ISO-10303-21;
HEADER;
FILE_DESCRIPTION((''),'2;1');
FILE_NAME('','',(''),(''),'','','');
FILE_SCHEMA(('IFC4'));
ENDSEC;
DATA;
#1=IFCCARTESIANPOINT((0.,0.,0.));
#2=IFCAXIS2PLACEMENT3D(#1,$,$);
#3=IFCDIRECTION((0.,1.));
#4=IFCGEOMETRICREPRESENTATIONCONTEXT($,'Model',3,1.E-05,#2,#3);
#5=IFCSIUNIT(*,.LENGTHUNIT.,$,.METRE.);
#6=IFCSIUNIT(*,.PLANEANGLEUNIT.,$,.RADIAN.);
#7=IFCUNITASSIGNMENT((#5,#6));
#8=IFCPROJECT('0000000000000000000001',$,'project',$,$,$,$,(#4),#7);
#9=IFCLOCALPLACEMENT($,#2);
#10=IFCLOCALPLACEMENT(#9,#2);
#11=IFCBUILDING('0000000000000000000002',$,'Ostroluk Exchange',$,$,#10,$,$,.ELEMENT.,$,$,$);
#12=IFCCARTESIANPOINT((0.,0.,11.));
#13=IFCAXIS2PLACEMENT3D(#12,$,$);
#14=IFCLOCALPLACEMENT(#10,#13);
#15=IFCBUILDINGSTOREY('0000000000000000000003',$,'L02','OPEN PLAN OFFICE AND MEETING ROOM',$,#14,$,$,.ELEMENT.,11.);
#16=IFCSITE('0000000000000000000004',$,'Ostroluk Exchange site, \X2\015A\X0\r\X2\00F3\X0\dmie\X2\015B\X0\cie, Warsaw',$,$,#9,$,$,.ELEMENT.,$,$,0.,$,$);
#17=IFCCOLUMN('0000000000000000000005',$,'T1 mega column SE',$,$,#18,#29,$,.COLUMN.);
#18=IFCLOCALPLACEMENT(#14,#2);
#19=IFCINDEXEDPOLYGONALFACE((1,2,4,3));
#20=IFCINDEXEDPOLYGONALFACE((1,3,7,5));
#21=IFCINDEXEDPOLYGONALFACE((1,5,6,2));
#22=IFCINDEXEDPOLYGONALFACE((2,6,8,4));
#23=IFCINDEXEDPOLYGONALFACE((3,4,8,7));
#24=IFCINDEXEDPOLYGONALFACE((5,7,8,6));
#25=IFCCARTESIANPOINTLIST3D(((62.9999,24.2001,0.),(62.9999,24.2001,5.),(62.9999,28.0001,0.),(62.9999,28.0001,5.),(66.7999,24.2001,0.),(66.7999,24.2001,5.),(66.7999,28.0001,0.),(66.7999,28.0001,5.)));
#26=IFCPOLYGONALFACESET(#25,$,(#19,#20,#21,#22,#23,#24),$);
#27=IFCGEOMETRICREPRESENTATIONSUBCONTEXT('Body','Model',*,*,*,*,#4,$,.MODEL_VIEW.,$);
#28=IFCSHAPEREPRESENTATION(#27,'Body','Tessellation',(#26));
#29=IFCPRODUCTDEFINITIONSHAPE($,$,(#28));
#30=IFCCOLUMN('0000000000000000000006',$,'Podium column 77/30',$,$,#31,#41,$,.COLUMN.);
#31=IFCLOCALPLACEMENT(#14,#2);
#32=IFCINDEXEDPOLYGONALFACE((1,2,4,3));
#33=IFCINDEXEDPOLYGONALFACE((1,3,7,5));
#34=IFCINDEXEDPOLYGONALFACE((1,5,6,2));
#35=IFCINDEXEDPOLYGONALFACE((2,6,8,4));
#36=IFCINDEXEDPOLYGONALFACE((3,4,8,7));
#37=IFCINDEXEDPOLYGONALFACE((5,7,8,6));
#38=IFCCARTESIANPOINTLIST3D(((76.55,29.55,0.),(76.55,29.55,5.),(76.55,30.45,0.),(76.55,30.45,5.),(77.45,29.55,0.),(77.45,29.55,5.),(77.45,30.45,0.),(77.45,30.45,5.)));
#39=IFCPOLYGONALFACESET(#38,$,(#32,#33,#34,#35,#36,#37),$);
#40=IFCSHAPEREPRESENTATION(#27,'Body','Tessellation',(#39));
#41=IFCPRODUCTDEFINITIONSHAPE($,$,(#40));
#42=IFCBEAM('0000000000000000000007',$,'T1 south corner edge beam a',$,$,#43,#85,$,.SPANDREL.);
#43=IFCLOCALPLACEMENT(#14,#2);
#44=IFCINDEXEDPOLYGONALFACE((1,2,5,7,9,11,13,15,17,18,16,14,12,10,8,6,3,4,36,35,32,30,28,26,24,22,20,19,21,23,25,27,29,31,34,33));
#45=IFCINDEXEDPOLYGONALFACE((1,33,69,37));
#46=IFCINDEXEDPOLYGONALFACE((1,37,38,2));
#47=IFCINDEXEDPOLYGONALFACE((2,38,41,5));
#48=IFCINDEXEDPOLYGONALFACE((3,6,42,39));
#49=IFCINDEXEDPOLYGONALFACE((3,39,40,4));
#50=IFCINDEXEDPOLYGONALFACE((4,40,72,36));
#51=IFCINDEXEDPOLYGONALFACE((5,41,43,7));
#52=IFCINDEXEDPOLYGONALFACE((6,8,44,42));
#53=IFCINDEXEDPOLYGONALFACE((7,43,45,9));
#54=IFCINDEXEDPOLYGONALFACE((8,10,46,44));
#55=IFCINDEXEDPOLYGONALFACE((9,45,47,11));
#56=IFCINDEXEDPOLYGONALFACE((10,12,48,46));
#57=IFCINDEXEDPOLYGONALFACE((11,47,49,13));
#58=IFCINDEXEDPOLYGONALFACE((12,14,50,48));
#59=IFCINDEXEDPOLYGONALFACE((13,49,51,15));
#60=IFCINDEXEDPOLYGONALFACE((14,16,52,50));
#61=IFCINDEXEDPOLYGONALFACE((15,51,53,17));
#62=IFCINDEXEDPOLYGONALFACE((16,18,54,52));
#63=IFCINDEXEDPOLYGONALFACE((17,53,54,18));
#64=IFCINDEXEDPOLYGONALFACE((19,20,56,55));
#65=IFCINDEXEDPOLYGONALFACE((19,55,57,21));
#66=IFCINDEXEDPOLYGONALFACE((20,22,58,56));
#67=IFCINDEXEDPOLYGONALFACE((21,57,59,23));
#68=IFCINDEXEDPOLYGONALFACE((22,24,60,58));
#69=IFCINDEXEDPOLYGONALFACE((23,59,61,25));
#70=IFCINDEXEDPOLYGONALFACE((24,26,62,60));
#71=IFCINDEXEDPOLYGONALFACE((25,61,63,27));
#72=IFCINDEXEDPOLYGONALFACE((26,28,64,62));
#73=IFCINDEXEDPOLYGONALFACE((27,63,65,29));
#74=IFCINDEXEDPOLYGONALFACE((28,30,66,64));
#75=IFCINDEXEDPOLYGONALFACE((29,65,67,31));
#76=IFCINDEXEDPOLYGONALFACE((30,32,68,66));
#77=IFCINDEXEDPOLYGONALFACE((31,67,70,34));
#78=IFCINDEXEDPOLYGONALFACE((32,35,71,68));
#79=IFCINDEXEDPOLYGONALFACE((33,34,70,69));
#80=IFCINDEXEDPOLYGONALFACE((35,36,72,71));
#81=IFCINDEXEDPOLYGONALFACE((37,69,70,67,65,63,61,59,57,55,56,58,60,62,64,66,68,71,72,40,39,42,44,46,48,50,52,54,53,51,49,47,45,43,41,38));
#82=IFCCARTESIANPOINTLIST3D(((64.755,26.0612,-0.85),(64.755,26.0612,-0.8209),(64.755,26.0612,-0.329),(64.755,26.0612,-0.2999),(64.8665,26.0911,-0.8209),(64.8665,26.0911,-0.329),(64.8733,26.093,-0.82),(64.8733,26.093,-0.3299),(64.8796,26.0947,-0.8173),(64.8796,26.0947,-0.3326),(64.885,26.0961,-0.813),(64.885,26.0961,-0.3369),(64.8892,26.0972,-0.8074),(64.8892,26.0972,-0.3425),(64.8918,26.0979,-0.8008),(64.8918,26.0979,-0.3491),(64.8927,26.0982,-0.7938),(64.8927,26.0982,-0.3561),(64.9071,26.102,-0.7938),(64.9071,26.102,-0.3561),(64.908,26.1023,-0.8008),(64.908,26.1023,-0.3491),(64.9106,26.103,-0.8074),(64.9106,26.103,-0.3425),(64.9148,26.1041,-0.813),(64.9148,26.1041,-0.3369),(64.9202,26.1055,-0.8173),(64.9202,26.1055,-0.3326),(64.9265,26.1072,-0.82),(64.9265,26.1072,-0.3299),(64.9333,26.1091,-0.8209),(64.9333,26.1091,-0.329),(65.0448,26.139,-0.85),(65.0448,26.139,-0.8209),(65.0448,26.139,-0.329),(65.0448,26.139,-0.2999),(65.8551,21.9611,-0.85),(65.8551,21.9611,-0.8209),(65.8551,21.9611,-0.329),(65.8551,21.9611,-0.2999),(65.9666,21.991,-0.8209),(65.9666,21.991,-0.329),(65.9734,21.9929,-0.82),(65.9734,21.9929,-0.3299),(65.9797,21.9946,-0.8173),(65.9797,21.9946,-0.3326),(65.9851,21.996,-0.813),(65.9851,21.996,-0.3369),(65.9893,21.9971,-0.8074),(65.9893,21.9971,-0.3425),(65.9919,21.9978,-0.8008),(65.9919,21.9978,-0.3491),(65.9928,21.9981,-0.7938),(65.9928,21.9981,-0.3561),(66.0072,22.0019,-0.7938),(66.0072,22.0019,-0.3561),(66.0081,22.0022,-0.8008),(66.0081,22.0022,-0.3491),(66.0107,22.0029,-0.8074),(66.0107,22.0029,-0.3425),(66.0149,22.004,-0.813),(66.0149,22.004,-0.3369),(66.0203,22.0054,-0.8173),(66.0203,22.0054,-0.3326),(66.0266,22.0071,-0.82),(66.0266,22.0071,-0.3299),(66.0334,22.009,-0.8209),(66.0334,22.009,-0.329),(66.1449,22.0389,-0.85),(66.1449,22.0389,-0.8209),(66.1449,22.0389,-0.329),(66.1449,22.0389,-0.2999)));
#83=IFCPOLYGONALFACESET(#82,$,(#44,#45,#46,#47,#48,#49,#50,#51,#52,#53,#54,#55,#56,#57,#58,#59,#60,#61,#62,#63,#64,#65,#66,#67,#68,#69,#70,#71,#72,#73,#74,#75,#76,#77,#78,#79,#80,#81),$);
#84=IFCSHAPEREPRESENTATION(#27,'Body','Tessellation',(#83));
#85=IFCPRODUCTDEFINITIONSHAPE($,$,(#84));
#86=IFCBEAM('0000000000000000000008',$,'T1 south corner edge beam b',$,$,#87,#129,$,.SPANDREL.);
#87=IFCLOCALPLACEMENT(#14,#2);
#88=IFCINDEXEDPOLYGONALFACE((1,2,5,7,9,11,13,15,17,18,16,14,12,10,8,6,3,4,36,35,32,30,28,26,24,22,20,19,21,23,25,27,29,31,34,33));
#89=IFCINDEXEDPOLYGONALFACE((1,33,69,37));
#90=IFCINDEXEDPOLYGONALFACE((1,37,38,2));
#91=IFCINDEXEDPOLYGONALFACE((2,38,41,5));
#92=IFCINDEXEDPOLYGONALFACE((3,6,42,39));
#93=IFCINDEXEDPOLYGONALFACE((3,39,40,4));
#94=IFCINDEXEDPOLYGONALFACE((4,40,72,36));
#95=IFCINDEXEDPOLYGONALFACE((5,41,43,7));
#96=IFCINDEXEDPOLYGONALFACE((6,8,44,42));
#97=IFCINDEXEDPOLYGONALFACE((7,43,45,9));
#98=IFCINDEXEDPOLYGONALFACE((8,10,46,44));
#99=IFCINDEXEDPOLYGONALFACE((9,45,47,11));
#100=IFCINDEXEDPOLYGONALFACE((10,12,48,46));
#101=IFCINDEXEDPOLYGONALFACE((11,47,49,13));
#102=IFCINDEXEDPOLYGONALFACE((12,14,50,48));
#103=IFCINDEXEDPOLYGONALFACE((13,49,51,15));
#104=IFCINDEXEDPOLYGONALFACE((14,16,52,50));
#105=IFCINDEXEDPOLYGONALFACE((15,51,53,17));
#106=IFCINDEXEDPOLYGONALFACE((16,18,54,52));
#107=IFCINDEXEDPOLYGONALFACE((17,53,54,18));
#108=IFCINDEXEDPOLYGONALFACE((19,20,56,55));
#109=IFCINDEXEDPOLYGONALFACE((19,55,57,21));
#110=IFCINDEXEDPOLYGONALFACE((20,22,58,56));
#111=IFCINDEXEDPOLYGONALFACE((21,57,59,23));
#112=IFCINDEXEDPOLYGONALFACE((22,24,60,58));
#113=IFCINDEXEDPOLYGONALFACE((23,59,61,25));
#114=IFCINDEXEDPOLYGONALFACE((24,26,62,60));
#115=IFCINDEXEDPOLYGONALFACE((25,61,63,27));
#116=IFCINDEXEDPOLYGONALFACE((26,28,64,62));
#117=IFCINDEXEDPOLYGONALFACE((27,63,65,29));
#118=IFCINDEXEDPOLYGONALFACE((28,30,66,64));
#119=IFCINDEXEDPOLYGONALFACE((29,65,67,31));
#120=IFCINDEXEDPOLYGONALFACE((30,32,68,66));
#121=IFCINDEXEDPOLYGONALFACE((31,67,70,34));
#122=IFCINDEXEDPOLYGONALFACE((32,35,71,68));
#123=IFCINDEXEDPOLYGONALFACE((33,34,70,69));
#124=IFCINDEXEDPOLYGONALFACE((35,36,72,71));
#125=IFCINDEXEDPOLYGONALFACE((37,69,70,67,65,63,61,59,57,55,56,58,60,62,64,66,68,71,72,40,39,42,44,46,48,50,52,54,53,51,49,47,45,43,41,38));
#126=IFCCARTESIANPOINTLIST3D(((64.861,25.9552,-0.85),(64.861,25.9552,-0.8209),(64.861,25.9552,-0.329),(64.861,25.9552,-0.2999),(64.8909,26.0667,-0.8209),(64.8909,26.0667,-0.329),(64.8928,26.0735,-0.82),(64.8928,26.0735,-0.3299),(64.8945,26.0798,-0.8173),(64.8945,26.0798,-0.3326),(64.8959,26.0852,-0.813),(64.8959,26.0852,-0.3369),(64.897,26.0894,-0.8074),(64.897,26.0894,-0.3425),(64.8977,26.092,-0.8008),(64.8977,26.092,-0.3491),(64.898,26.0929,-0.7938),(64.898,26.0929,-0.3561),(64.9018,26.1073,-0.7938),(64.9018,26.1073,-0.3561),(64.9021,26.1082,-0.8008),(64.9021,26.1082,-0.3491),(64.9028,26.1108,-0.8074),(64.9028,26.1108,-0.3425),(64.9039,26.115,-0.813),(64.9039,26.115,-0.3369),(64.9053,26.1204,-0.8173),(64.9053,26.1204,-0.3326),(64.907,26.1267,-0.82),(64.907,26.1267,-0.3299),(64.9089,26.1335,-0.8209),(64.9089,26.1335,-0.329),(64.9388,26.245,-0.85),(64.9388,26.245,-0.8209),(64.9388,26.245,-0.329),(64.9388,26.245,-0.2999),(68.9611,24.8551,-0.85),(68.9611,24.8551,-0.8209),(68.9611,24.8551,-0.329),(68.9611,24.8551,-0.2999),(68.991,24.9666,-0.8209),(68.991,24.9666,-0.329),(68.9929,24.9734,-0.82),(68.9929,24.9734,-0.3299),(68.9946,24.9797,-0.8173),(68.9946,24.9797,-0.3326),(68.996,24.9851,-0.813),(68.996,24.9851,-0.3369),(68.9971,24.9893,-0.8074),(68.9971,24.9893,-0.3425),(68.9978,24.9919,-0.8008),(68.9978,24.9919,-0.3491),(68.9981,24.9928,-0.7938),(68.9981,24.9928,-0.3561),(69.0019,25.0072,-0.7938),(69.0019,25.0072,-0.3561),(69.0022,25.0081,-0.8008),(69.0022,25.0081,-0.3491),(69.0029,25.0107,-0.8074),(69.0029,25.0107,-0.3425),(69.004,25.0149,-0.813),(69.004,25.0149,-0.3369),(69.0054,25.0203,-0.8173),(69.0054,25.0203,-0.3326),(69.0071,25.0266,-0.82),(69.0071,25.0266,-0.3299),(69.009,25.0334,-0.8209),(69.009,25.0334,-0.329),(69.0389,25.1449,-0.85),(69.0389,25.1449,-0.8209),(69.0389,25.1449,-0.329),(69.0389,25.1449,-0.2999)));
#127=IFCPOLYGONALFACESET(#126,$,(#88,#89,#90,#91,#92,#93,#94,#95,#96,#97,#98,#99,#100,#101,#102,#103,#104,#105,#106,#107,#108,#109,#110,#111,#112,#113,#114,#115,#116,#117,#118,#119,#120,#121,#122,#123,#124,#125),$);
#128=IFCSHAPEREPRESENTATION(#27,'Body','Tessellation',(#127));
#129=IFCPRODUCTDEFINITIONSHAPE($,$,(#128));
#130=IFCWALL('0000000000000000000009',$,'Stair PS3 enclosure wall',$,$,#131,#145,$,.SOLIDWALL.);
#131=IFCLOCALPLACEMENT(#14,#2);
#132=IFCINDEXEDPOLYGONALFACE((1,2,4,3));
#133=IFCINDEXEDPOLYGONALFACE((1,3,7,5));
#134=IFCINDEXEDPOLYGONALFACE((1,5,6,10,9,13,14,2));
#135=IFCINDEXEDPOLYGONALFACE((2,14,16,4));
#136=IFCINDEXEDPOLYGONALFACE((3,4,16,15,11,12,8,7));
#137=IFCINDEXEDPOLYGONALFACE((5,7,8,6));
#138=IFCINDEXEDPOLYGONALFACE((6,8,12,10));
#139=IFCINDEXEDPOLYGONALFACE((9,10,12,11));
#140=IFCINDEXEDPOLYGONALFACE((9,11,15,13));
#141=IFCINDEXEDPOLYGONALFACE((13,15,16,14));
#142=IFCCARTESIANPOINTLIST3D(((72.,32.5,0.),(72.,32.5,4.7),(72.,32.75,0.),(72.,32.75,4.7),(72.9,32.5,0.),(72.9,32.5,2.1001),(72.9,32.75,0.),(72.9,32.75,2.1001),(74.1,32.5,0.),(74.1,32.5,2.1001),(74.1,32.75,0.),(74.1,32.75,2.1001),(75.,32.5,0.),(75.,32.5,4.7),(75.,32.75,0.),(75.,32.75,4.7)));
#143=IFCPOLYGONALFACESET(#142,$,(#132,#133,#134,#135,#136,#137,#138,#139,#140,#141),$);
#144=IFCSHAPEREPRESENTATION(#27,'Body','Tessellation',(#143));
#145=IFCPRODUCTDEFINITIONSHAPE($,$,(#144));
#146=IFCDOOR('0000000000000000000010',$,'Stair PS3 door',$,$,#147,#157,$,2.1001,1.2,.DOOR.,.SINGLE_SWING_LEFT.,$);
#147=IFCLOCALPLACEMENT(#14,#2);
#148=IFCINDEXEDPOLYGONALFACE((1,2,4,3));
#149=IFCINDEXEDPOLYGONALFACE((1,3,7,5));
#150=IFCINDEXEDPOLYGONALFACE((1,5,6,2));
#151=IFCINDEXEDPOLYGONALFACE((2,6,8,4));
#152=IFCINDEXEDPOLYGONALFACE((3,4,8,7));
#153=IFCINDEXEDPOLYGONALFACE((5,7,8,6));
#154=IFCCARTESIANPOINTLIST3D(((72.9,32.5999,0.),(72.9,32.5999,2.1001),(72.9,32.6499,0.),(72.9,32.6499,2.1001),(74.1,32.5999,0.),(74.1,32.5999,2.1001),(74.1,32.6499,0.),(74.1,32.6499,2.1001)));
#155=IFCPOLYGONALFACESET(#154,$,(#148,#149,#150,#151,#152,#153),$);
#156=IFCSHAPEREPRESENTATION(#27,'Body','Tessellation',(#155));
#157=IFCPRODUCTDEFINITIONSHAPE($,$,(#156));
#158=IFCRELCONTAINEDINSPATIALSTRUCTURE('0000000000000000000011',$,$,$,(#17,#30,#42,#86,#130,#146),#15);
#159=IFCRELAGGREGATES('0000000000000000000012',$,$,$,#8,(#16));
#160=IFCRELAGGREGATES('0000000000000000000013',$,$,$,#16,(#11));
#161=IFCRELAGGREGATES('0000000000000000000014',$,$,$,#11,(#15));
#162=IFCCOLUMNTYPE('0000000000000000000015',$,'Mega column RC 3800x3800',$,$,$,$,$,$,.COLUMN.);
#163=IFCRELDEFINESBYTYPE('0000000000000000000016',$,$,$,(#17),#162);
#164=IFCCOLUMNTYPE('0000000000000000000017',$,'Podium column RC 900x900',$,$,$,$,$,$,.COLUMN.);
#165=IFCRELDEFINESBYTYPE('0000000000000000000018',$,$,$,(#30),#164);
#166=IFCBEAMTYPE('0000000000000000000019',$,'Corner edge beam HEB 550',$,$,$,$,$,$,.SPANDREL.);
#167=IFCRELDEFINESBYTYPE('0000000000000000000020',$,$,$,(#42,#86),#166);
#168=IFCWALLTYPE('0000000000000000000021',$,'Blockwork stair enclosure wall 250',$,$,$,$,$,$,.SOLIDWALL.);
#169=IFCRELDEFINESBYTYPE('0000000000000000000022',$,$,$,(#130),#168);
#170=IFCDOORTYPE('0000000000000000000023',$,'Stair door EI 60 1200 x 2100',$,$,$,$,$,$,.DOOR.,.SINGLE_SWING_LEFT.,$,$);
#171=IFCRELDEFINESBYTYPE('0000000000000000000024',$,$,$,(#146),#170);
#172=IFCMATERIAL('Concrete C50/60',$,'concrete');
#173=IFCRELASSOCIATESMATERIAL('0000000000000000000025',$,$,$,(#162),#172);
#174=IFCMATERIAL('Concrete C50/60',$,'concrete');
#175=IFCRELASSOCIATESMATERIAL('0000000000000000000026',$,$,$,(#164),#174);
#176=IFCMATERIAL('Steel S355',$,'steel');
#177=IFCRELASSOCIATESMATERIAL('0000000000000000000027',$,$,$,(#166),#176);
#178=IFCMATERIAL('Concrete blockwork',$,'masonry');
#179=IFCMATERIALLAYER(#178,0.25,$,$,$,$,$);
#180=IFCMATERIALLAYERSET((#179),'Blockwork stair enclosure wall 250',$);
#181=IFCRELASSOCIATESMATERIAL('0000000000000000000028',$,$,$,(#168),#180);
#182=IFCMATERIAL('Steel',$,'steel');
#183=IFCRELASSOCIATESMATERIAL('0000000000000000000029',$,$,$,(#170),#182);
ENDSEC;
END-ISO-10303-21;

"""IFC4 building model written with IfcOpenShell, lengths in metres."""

from ifc_helpers import new_model, si_unit, direction, frame, frame_2d, origin, origin_2d, place, context, subcontext, project, spatial, rectangle, i_section, extrude, material, layer, layer_set, material_profile, profile_set, type_object, element, fill, save


model = new_model("IFC4")

# Units and contexts
model_context = context("Model", 3, precision=1e-05, world=origin(), true_north=direction((0.0, 1.0)))
body_context = subcontext(model_context, "Body", "Model", "MODEL_VIEW")
ifc_project = project(units=[si_unit("LENGTHUNIT", "METRE"), si_unit("PLANEANGLEUNIT", "RADIAN")], contexts=[model_context])

# Site, building, storey
site_placement = place(None, origin())
site = spatial("IfcSite", under=ifc_project, at=site_placement, Name="Ostroluk Exchange site, Śródmieście, Warsaw", CompositionType="ELEMENT", RefElevation=0.0)
building_placement = place(site_placement, origin())
building = spatial("IfcBuilding", under=site, at=building_placement, Name="Ostroluk Exchange", CompositionType="ELEMENT")
storey_placement = place(building_placement, frame((0.0, 0.0, 11.0)))
storey = spatial("IfcBuildingStorey", under=building, at=storey_placement, Name="L02", Description="OPEN PLAN OFFICE AND MEETING ROOM", CompositionType="ELEMENT", Elevation=11.0)

# Columns
ifc_material_1 = material(Name="Concrete C50/60", Category="concrete")
ifc_material_profile_1 = material_profile(ifc_material_1, rectangle(XDim=3.8, YDim=3.8, at=origin_2d()), Name="RC 3800x3800")
ifc_profile_set_1 = profile_set([ifc_material_profile_1], Name="Concrete C50/60")
column_type_1 = type_object("IfcColumnType", Name="Mega column RC 3800x3800", PredefinedType="COLUMN", material=ifc_profile_set_1)
column_1_placement = place(storey_placement, frame((64.8999, 26.1001, 0.0), z_axis=(0.0, 0.0, 1.0), x_axis=(1.0, 0.0, 0.0)))
element("IfcColumn", 1, at=column_1_placement, inside=storey, type_object=column_type_1, Name="T1 mega column SE", PredefinedType="COLUMN", context=body_context, shape_type="SweptSolid", body=[
    extrude(rectangle(XDim=3.8, YDim=3.8, at=origin_2d()), origin(), (0.0, 0.0, 1.0), 5.0),
])
ifc_material_2 = material(Name="Concrete C50/60", Category="concrete")
ifc_material_profile_2 = material_profile(ifc_material_2, rectangle(XDim=0.8999, YDim=0.8999, at=origin_2d()), Name="RC 900x900")
ifc_profile_set_2 = profile_set([ifc_material_profile_2], Name="Concrete C50/60")
column_type_2 = type_object("IfcColumnType", Name="Podium column RC 900x900", PredefinedType="COLUMN", material=ifc_profile_set_2)
column_2_placement = place(storey_placement, frame((77.0, 30.0, 0.0), z_axis=(0.0, 0.0, 1.0), x_axis=(1.0, 0.0, 0.0)))
element("IfcColumn", 2, at=column_2_placement, inside=storey, type_object=column_type_2, Name="Podium column 77/30", PredefinedType="COLUMN", context=body_context, shape_type="SweptSolid", body=[
    extrude(rectangle(XDim=0.8999, YDim=0.8999, at=origin_2d()), origin(), (0.0, 0.0, 1.0), 5.0),
])

# Beams
ifc_material_3 = material(Name="Steel S355", Category="steel")
ifc_material_profile_3 = material_profile(ifc_material_3, i_section(OverallWidth=0.3, OverallDepth=0.55, WebThickness=0.0149, FlangeThickness=0.0291, FilletRadius=0.0271, at=origin_2d()), Name="HEB 550")
ifc_profile_set_3 = profile_set([ifc_material_profile_3], Name="Steel S355")
beam_type = type_object("IfcBeamType", Name="Corner edge beam HEB 550", PredefinedType="SPANDREL", material=ifc_profile_set_3)
for number, where, z_axis, x_axis, name in (
    (3, (64.8999, 26.1001, -0.575), (0.259144, -0.965839, 0.0), (0.965839, 0.259144, 0.0), "T1 south corner edge beam a"),
    (4, (64.8999, 26.1001, -0.575), (0.965839, -0.259144, 0.0), (0.259144, 0.965839, 0.0), "T1 south corner edge beam b"),
):
    element("IfcBeam", number, at=place(storey_placement, frame(where, z_axis=z_axis, x_axis=x_axis)), inside=storey, type_object=beam_type, Name=name, PredefinedType="SPANDREL", context=body_context, shape_type="SweptSolid", body=[
        extrude(i_section(OverallWidth=0.3, OverallDepth=0.55, WebThickness=0.0149, FlangeThickness=0.0291, FilletRadius=0.0271, at=origin_2d()), origin(), (0.0, 0.0, 1.0), 4.2451),
    ])

# Wall, opening, door
ifc_material_4 = material(Name="Concrete blockwork", Category="masonry")
ifc_layer = layer(ifc_material_4, 0.25)
ifc_layer_set = layer_set([ifc_layer], Name="Blockwork stair enclosure wall 250")
wall_type = type_object("IfcWallType", Name="Blockwork stair enclosure wall 250", PredefinedType="SOLIDWALL", material=ifc_layer_set)
wall_placement = place(storey_placement, frame((72.0, 32.625, 0.0), z_axis=(0.0, 0.0, 1.0), x_axis=(1.0, 0.0, 0.0)))
wall = element("IfcWall", 5, at=wall_placement, inside=storey, type_object=wall_type, Name="Stair PS3 enclosure wall", PredefinedType="SOLIDWALL", context=body_context, shape_type="SweptSolid", body=[
    extrude(rectangle(XDim=3.0, YDim=0.25, at=frame_2d((1.5, 0.0))), origin(), (0.0, 0.0, 1.0), 4.7),
])
opening_placement = place(wall_placement, frame((0.8999, 0.0, 0.0)))
opening = element("IfcOpeningElement", 6, at=opening_placement, cuts=wall, PredefinedType="OPENING", context=body_context, shape_type="SweptSolid", body=[
    extrude(rectangle(XDim=1.2, YDim=2.1001, at=frame_2d((0.6001, 1.05))), frame((0.0, 0.135, 0.0), z_axis=(0.0, -1.0, 0.0), x_axis=(1.0, 0.0, 0.0)), (0.0, 0.0, 1.0), 0.27),
])
ifc_material_5 = material(Name="Steel", Category="steel")
door_type = type_object("IfcDoorType", Name="Stair door EI 60 1200 x 2100", OperationType="SINGLE_SWING_LEFT", PredefinedType="DOOR", material=ifc_material_5)
door_placement = place(opening_placement, origin())
door = element("IfcDoor", 7, at=door_placement, inside=storey, type_object=door_type, Name="Stair PS3 door", OperationType="SINGLE_SWING_LEFT", OverallHeight=2.1001, OverallWidth=1.2, PredefinedType="DOOR", context=body_context, shape_type="SweptSolid", body=[
    extrude(rectangle(XDim=1.2, YDim=2.1001, at=frame_2d((0.6001, 1.05))), frame((0.0, 0.0249, 0.0), z_axis=(0.0, -1.0, 0.0), x_axis=(1.0, 0.0, 0.0)), (0.0, 0.0, 1.0), 0.05),
])
fill(opening, door)

save(model, "model.ifc")
